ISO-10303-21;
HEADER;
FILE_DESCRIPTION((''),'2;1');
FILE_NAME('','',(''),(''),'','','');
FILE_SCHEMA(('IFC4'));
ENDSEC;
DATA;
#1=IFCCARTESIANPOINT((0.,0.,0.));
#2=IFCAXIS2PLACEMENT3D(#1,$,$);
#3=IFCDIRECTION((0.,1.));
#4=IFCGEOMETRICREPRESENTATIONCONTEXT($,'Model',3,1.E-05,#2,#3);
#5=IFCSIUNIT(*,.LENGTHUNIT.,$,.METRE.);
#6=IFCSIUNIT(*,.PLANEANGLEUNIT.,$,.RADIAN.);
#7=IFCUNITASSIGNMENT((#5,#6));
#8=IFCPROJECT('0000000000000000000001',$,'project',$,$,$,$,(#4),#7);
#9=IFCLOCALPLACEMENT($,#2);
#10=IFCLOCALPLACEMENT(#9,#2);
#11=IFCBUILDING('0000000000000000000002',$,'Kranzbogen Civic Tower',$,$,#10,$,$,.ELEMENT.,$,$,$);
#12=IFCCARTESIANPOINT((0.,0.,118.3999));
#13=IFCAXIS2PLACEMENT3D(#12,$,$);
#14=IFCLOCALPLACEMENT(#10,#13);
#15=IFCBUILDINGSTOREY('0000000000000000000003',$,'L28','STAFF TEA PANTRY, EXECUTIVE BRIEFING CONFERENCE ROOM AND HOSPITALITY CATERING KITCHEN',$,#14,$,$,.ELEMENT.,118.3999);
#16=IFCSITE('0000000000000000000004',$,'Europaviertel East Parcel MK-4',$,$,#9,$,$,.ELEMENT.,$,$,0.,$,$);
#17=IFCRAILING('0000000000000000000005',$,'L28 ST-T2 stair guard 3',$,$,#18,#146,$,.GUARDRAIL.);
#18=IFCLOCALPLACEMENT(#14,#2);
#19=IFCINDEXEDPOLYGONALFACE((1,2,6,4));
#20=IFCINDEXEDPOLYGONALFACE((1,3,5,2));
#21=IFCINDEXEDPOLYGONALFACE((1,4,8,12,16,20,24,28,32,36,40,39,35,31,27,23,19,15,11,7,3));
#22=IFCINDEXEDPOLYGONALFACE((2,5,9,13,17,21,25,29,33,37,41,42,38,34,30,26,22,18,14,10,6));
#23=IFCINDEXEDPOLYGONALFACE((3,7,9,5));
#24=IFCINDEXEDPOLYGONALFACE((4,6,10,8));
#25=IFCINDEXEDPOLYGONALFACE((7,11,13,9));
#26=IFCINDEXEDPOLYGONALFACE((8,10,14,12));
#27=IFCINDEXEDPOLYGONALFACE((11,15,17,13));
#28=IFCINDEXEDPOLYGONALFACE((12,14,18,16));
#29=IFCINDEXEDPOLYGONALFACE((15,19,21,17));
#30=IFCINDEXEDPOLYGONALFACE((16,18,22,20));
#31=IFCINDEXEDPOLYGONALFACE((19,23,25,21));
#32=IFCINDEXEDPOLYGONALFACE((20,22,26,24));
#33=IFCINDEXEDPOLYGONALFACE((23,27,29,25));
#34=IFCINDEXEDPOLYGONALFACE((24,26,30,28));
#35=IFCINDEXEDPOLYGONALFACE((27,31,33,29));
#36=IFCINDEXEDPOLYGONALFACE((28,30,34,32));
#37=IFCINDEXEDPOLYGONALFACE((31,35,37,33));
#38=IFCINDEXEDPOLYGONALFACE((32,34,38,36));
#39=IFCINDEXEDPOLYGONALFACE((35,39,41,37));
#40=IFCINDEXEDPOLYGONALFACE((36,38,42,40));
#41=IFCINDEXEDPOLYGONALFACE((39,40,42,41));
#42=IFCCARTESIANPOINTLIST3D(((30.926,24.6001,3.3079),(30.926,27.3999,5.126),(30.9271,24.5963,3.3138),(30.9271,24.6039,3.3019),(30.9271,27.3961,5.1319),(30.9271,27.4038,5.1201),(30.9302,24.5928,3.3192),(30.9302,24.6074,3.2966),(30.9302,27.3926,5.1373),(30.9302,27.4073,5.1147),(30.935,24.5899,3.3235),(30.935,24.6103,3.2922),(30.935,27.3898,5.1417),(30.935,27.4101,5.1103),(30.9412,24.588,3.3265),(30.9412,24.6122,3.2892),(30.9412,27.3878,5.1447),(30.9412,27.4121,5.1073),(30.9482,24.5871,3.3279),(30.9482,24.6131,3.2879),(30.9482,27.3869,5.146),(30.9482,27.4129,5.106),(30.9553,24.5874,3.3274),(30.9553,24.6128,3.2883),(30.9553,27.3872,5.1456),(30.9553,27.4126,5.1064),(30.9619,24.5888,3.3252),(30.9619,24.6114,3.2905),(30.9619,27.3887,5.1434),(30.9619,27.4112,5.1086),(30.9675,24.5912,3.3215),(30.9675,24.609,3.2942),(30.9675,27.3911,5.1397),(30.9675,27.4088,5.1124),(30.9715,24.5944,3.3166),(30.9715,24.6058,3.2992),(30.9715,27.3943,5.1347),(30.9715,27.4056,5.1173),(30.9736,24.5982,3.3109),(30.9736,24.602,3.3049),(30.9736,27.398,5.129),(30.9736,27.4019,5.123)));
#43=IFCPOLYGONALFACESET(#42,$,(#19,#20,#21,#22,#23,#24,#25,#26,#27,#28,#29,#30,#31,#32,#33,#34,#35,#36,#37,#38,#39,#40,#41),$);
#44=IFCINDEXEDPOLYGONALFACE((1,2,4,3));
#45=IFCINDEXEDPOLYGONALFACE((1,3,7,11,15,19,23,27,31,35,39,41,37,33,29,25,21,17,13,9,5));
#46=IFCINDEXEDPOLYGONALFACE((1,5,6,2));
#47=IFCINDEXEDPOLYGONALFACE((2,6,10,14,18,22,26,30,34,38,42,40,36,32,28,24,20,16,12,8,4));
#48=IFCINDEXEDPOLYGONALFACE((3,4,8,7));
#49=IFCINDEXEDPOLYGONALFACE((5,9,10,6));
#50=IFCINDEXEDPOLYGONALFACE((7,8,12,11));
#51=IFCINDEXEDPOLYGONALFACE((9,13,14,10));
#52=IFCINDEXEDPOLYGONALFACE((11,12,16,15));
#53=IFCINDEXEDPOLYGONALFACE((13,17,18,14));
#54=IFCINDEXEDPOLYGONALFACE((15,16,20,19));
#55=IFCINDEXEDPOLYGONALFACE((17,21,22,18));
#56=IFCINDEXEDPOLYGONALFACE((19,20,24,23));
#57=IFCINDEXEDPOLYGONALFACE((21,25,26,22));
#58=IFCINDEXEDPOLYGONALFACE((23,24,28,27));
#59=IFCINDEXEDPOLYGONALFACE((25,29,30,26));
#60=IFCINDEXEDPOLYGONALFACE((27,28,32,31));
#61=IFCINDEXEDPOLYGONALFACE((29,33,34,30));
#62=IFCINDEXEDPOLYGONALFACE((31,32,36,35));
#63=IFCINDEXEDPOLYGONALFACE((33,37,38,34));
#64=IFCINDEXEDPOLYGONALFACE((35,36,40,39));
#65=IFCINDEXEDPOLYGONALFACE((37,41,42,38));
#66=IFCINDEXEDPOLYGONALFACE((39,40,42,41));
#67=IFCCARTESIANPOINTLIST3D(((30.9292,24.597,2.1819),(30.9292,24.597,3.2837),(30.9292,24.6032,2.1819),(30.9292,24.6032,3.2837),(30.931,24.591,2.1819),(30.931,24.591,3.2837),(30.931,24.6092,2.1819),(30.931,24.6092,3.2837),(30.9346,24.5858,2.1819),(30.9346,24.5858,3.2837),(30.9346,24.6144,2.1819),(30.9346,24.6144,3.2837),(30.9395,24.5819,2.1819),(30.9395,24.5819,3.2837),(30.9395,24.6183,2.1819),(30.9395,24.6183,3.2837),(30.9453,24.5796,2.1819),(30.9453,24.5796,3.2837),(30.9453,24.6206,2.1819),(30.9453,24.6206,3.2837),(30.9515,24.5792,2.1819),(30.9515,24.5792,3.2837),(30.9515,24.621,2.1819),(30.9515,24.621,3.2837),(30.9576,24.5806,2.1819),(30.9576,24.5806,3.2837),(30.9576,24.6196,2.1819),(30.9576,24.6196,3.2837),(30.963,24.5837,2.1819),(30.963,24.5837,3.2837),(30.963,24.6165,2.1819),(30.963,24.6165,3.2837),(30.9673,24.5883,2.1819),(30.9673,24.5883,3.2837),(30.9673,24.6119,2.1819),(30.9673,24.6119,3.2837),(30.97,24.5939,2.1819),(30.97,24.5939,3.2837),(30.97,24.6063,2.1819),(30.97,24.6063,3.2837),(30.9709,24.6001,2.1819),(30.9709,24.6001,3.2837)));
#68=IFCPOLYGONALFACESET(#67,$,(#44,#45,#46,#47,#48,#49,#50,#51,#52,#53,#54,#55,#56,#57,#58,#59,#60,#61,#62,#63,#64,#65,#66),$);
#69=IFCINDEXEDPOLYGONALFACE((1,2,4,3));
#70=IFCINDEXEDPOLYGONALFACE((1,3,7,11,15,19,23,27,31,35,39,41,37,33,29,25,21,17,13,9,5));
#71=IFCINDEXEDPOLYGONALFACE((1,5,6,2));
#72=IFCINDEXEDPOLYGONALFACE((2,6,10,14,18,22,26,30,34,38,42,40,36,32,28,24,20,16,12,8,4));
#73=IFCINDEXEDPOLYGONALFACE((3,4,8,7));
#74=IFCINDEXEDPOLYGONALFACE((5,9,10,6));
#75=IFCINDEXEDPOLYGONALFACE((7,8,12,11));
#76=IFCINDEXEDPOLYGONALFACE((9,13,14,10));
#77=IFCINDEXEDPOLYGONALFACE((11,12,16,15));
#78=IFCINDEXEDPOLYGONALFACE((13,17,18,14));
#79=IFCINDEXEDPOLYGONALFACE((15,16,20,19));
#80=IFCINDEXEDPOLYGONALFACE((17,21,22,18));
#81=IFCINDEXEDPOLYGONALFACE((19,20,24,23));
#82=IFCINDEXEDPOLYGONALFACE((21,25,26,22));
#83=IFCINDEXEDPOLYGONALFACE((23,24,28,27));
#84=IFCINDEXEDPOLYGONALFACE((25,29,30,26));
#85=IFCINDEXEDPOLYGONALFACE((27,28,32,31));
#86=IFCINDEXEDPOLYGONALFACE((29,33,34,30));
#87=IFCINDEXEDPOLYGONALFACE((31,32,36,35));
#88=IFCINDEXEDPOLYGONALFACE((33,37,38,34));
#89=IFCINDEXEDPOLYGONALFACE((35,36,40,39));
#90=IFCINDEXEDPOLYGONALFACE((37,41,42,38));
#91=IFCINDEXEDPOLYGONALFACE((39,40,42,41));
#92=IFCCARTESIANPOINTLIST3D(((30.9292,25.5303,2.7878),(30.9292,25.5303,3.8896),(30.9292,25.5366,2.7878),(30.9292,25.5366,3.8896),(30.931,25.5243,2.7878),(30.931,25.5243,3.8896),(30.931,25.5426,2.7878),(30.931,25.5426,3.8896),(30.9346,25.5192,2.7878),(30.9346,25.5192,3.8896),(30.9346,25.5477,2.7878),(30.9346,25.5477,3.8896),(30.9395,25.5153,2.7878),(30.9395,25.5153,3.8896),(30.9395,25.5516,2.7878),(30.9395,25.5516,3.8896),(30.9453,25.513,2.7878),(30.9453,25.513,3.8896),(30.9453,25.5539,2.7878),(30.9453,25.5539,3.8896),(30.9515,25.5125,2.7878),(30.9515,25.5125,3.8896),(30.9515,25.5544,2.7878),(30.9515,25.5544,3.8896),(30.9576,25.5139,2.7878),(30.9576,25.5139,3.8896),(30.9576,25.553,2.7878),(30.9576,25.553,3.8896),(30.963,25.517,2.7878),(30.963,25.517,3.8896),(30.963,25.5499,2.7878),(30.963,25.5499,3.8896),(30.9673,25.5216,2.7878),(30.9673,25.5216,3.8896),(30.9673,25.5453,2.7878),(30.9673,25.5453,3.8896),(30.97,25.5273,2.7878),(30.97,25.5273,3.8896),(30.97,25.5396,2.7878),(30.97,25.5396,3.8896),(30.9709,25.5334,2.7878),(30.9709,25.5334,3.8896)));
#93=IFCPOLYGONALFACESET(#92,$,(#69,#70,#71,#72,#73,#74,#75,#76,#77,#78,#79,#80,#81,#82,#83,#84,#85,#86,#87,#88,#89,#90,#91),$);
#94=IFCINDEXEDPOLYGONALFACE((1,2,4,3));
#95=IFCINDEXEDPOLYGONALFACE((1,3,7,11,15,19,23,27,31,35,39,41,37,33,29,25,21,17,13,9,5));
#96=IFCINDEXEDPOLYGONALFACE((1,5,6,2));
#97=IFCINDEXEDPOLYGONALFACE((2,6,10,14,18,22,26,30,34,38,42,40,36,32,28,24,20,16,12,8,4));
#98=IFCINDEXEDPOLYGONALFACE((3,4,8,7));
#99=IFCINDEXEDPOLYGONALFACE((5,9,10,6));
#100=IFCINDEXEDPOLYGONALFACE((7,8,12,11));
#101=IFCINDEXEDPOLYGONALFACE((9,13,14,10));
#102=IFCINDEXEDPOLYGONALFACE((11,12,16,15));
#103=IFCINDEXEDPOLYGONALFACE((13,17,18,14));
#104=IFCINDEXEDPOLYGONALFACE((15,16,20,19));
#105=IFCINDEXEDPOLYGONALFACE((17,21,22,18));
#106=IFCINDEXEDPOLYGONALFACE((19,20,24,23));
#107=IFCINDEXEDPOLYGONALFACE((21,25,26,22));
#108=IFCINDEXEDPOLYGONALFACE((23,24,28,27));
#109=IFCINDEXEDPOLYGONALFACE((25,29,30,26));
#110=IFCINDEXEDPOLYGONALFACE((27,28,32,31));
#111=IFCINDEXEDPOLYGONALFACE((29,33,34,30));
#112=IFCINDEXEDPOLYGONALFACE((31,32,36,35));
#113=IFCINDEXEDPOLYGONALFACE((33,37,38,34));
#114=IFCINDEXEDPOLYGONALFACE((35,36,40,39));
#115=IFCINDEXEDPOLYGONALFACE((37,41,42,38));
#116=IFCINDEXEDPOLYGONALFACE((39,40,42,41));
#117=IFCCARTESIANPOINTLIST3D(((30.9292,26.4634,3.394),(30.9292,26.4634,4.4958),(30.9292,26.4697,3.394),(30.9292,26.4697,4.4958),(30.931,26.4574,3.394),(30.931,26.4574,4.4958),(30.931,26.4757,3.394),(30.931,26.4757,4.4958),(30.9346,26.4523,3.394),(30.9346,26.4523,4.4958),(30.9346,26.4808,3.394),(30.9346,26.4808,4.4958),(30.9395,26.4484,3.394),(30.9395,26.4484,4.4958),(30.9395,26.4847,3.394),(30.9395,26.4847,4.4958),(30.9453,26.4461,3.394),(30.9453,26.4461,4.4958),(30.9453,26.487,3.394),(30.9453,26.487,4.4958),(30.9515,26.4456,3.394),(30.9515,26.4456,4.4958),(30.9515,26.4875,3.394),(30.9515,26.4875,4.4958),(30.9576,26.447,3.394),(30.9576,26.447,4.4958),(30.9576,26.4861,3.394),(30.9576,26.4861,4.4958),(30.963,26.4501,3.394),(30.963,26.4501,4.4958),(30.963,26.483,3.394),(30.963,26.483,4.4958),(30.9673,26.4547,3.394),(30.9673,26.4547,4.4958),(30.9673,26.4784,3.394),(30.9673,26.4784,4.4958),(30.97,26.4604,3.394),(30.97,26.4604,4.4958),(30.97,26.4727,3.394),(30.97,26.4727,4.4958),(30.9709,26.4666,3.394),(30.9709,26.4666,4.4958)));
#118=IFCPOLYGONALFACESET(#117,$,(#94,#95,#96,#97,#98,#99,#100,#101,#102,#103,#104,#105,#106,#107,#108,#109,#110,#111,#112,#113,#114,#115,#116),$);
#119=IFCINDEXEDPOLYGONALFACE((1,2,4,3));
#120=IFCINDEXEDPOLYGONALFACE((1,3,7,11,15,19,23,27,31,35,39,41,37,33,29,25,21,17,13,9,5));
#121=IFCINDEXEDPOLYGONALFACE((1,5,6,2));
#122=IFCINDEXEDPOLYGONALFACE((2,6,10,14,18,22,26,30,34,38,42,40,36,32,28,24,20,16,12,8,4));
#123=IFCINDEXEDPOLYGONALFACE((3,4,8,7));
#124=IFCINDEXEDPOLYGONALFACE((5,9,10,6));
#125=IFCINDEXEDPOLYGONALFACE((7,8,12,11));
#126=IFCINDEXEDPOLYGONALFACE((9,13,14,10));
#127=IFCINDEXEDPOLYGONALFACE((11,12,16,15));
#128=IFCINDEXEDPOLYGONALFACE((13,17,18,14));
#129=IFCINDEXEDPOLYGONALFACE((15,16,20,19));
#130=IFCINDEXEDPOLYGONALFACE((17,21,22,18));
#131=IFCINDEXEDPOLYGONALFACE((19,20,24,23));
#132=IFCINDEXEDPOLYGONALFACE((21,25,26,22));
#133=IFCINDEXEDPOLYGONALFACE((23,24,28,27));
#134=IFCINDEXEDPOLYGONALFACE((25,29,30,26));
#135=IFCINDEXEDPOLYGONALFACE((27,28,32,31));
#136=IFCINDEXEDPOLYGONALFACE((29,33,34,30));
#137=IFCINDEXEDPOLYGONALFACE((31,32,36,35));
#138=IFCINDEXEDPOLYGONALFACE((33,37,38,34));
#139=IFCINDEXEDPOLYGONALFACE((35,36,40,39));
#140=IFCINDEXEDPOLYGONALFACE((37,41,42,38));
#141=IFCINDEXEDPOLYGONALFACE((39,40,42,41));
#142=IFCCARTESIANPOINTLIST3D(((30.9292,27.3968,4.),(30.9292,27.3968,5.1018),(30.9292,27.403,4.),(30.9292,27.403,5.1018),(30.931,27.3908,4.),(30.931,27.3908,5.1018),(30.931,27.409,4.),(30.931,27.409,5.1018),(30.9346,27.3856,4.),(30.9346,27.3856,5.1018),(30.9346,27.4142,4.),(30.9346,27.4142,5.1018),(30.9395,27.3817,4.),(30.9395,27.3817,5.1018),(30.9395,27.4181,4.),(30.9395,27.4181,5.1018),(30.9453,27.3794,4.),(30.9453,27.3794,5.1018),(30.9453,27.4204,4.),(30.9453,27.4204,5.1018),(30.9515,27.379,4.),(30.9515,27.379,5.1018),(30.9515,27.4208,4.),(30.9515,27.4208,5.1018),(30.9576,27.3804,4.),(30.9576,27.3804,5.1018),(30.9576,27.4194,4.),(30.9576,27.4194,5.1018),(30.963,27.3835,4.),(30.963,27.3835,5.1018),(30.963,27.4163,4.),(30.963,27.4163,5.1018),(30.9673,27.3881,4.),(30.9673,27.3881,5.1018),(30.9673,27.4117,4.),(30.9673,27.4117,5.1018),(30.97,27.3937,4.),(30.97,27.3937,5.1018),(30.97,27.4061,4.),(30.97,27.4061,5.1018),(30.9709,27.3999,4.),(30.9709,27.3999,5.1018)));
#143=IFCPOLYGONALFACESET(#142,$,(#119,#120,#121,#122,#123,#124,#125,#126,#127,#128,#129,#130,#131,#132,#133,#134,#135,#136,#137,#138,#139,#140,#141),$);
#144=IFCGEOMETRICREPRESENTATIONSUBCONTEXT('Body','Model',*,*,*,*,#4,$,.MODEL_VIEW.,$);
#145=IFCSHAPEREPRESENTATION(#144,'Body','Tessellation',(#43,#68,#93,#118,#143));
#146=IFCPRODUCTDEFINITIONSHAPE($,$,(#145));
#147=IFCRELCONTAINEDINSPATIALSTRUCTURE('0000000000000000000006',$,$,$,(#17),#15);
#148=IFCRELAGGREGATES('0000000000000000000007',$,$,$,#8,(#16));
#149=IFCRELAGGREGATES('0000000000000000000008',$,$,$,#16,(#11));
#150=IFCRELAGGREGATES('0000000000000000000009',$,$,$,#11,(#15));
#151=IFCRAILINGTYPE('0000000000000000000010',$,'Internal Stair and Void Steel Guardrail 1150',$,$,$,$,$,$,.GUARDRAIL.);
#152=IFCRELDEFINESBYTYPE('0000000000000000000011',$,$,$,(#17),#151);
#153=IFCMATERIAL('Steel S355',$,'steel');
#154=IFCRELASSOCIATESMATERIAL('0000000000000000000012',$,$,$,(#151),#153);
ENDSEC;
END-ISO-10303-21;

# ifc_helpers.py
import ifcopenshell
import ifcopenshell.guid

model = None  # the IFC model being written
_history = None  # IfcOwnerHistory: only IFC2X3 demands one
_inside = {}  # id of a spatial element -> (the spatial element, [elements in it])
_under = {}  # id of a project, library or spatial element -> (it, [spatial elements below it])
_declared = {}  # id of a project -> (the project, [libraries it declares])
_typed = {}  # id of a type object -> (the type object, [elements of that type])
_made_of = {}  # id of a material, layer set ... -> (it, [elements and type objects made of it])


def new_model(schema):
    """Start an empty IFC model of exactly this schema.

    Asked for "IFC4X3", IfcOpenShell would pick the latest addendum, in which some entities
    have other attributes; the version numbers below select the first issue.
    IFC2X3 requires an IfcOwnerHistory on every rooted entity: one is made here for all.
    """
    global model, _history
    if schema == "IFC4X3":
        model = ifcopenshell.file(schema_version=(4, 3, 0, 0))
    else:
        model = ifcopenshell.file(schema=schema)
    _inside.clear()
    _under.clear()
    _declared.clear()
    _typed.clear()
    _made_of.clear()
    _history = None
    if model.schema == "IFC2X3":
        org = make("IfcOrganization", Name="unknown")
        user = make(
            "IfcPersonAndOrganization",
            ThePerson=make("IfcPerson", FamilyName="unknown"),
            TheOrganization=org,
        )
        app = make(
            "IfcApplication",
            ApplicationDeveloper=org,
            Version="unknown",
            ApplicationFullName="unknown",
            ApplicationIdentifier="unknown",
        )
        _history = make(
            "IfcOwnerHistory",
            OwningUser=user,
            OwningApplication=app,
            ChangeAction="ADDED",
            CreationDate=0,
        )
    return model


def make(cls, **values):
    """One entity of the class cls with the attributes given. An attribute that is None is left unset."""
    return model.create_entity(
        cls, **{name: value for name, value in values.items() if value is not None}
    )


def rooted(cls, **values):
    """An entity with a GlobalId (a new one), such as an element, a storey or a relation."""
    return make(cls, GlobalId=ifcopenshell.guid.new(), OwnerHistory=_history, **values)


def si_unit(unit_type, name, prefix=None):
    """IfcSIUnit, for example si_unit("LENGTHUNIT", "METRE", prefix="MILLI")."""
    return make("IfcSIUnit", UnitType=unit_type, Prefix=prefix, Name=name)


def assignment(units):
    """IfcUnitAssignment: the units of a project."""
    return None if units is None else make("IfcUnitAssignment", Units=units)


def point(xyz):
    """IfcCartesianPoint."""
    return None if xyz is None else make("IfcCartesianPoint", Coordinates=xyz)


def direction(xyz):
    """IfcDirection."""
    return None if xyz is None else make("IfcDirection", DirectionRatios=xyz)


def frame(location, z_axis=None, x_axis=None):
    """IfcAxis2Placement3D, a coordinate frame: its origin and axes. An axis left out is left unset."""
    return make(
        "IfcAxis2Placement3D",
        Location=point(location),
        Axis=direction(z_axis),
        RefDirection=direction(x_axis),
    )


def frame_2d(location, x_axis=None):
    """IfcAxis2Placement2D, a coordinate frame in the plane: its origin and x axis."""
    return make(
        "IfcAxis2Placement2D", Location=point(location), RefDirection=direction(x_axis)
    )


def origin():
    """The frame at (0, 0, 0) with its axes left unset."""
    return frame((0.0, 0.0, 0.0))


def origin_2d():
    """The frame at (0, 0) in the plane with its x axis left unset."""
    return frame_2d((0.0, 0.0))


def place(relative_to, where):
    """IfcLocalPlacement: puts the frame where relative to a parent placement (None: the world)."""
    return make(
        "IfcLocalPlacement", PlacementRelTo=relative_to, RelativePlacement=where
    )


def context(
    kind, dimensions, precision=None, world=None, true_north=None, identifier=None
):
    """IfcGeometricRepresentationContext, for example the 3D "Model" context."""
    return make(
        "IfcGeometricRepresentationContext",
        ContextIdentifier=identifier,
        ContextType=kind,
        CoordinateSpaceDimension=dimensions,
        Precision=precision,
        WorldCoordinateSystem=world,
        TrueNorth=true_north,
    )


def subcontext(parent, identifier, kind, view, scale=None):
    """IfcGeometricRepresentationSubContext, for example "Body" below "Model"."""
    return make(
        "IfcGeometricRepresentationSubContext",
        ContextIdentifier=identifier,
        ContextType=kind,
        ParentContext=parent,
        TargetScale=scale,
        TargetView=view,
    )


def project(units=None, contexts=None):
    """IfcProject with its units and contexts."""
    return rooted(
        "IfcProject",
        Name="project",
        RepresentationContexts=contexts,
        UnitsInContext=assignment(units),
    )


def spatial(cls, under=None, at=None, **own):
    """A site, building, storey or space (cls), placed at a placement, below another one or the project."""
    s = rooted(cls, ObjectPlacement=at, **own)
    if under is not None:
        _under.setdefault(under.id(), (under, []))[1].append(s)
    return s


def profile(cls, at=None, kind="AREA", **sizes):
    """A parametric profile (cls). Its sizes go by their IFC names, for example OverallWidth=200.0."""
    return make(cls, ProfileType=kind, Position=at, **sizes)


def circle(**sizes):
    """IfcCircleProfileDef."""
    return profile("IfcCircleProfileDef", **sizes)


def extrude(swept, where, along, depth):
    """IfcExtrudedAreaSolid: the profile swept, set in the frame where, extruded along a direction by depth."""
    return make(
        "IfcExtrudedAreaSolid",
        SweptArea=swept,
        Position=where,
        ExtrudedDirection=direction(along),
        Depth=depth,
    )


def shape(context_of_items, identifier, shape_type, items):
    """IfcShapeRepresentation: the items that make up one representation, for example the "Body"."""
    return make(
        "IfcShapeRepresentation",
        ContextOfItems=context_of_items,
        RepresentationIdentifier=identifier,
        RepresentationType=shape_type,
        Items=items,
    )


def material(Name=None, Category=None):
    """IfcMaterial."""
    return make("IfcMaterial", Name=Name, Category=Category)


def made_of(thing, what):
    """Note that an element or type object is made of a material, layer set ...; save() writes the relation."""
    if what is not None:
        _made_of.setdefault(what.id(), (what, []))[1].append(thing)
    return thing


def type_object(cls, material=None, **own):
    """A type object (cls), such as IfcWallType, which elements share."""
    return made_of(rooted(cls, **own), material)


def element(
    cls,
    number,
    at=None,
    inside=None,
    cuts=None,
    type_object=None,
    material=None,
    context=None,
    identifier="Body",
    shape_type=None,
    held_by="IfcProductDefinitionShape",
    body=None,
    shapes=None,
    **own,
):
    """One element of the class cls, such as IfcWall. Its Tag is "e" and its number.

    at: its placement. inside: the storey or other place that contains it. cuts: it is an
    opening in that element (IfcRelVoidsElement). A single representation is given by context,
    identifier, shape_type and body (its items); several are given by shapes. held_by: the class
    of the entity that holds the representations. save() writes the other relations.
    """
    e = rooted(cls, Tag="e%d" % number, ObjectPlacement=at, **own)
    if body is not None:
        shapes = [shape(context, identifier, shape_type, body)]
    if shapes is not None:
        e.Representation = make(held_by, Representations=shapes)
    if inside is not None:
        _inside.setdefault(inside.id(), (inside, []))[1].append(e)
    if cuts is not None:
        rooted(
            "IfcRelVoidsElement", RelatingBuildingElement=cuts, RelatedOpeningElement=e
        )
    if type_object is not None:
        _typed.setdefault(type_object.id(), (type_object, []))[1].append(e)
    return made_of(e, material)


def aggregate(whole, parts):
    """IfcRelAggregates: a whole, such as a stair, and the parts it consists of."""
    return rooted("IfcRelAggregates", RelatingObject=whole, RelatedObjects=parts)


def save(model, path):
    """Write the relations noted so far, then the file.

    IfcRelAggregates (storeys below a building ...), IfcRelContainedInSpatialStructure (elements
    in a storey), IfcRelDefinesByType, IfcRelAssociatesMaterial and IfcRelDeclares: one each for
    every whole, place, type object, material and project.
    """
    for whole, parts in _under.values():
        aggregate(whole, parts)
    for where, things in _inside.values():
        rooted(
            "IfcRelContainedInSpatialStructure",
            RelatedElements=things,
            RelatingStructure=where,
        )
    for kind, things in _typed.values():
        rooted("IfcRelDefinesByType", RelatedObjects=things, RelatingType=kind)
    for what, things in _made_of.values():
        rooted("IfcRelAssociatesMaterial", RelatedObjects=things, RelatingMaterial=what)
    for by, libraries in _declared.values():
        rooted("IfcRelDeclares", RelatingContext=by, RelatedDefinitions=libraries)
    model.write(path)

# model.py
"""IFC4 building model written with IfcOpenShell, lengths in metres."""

from ifc_helpers import new_model, si_unit, direction, frame, origin, origin_2d, place, context, subcontext, project, spatial, circle, extrude, material, type_object, element, save


model = new_model("IFC4")

# Units and contexts
model_context = context("Model", 3, precision=1e-05, world=origin(), true_north=direction((0.0, 1.0)))
body_context = subcontext(model_context, "Body", "Model", "MODEL_VIEW")
ifc_project = project(units=[si_unit("LENGTHUNIT", "METRE"), si_unit("PLANEANGLEUNIT", "RADIAN")], contexts=[model_context])

# Site, building, storey
site_placement = place(None, origin())
site = spatial("IfcSite", under=ifc_project, at=site_placement, Name="Europaviertel East Parcel MK-4", CompositionType="ELEMENT", RefElevation=0.0)
building_placement = place(site_placement, origin())
building = spatial("IfcBuilding", under=site, at=building_placement, Name="Kranzbogen Civic Tower", CompositionType="ELEMENT")
storey_placement = place(building_placement, frame((0.0, 0.0, 118.3999)))
storey = spatial("IfcBuildingStorey", under=building, at=storey_placement, Name="L28", Description="STAFF TEA PANTRY, EXECUTIVE BRIEFING CONFERENCE ROOM AND HOSPITALITY CATERING KITCHEN", CompositionType="ELEMENT", Elevation=118.3999)

# Shared definitions
ifc_material_1 = material(Name="Steel S355", Category="steel")

# Railing
railing_type_1 = type_object("IfcRailingType", Name="Internal Stair and Void Steel Guardrail 1150", PredefinedType="GUARDRAIL", material=ifc_material_1)
railing_1_placement = place(storey_placement, frame((30.95, 24.6001, 2.1819)))
element("IfcRailing", 1, at=railing_1_placement, inside=storey, type_object=railing_type_1, Name="L28 ST-T2 stair guard 3", PredefinedType="GUARDRAIL", context=body_context, shape_type="SweptSolid", body=[
    extrude(circle(Radius=0.0239, at=origin_2d()), frame((0.0, 0.0, 1.126), z_axis=(0.0, 0.838684, 0.544618), x_axis=(-1.0, 0.0, 0.0)), (0.0, 0.0, 1.0), 3.3384),
    extrude(circle(Radius=0.021, at=origin_2d()), origin(), (0.0, 0.0, 1.0), 1.1018),
    extrude(circle(Radius=0.021, at=origin_2d()), frame((0.0, 0.9333, 0.606)), (0.0, 0.0, 1.0), 1.1018),
    extrude(circle(Radius=0.021, at=origin_2d()), frame((0.0, 1.8665, 1.2122)), (0.0, 0.0, 1.0), 1.1018),
    extrude(circle(Radius=0.021, at=origin_2d()), frame((0.0, 2.7998, 1.8181)), (0.0, 0.0, 1.0), 1.1018),
])

save(model, "model.ifc")
